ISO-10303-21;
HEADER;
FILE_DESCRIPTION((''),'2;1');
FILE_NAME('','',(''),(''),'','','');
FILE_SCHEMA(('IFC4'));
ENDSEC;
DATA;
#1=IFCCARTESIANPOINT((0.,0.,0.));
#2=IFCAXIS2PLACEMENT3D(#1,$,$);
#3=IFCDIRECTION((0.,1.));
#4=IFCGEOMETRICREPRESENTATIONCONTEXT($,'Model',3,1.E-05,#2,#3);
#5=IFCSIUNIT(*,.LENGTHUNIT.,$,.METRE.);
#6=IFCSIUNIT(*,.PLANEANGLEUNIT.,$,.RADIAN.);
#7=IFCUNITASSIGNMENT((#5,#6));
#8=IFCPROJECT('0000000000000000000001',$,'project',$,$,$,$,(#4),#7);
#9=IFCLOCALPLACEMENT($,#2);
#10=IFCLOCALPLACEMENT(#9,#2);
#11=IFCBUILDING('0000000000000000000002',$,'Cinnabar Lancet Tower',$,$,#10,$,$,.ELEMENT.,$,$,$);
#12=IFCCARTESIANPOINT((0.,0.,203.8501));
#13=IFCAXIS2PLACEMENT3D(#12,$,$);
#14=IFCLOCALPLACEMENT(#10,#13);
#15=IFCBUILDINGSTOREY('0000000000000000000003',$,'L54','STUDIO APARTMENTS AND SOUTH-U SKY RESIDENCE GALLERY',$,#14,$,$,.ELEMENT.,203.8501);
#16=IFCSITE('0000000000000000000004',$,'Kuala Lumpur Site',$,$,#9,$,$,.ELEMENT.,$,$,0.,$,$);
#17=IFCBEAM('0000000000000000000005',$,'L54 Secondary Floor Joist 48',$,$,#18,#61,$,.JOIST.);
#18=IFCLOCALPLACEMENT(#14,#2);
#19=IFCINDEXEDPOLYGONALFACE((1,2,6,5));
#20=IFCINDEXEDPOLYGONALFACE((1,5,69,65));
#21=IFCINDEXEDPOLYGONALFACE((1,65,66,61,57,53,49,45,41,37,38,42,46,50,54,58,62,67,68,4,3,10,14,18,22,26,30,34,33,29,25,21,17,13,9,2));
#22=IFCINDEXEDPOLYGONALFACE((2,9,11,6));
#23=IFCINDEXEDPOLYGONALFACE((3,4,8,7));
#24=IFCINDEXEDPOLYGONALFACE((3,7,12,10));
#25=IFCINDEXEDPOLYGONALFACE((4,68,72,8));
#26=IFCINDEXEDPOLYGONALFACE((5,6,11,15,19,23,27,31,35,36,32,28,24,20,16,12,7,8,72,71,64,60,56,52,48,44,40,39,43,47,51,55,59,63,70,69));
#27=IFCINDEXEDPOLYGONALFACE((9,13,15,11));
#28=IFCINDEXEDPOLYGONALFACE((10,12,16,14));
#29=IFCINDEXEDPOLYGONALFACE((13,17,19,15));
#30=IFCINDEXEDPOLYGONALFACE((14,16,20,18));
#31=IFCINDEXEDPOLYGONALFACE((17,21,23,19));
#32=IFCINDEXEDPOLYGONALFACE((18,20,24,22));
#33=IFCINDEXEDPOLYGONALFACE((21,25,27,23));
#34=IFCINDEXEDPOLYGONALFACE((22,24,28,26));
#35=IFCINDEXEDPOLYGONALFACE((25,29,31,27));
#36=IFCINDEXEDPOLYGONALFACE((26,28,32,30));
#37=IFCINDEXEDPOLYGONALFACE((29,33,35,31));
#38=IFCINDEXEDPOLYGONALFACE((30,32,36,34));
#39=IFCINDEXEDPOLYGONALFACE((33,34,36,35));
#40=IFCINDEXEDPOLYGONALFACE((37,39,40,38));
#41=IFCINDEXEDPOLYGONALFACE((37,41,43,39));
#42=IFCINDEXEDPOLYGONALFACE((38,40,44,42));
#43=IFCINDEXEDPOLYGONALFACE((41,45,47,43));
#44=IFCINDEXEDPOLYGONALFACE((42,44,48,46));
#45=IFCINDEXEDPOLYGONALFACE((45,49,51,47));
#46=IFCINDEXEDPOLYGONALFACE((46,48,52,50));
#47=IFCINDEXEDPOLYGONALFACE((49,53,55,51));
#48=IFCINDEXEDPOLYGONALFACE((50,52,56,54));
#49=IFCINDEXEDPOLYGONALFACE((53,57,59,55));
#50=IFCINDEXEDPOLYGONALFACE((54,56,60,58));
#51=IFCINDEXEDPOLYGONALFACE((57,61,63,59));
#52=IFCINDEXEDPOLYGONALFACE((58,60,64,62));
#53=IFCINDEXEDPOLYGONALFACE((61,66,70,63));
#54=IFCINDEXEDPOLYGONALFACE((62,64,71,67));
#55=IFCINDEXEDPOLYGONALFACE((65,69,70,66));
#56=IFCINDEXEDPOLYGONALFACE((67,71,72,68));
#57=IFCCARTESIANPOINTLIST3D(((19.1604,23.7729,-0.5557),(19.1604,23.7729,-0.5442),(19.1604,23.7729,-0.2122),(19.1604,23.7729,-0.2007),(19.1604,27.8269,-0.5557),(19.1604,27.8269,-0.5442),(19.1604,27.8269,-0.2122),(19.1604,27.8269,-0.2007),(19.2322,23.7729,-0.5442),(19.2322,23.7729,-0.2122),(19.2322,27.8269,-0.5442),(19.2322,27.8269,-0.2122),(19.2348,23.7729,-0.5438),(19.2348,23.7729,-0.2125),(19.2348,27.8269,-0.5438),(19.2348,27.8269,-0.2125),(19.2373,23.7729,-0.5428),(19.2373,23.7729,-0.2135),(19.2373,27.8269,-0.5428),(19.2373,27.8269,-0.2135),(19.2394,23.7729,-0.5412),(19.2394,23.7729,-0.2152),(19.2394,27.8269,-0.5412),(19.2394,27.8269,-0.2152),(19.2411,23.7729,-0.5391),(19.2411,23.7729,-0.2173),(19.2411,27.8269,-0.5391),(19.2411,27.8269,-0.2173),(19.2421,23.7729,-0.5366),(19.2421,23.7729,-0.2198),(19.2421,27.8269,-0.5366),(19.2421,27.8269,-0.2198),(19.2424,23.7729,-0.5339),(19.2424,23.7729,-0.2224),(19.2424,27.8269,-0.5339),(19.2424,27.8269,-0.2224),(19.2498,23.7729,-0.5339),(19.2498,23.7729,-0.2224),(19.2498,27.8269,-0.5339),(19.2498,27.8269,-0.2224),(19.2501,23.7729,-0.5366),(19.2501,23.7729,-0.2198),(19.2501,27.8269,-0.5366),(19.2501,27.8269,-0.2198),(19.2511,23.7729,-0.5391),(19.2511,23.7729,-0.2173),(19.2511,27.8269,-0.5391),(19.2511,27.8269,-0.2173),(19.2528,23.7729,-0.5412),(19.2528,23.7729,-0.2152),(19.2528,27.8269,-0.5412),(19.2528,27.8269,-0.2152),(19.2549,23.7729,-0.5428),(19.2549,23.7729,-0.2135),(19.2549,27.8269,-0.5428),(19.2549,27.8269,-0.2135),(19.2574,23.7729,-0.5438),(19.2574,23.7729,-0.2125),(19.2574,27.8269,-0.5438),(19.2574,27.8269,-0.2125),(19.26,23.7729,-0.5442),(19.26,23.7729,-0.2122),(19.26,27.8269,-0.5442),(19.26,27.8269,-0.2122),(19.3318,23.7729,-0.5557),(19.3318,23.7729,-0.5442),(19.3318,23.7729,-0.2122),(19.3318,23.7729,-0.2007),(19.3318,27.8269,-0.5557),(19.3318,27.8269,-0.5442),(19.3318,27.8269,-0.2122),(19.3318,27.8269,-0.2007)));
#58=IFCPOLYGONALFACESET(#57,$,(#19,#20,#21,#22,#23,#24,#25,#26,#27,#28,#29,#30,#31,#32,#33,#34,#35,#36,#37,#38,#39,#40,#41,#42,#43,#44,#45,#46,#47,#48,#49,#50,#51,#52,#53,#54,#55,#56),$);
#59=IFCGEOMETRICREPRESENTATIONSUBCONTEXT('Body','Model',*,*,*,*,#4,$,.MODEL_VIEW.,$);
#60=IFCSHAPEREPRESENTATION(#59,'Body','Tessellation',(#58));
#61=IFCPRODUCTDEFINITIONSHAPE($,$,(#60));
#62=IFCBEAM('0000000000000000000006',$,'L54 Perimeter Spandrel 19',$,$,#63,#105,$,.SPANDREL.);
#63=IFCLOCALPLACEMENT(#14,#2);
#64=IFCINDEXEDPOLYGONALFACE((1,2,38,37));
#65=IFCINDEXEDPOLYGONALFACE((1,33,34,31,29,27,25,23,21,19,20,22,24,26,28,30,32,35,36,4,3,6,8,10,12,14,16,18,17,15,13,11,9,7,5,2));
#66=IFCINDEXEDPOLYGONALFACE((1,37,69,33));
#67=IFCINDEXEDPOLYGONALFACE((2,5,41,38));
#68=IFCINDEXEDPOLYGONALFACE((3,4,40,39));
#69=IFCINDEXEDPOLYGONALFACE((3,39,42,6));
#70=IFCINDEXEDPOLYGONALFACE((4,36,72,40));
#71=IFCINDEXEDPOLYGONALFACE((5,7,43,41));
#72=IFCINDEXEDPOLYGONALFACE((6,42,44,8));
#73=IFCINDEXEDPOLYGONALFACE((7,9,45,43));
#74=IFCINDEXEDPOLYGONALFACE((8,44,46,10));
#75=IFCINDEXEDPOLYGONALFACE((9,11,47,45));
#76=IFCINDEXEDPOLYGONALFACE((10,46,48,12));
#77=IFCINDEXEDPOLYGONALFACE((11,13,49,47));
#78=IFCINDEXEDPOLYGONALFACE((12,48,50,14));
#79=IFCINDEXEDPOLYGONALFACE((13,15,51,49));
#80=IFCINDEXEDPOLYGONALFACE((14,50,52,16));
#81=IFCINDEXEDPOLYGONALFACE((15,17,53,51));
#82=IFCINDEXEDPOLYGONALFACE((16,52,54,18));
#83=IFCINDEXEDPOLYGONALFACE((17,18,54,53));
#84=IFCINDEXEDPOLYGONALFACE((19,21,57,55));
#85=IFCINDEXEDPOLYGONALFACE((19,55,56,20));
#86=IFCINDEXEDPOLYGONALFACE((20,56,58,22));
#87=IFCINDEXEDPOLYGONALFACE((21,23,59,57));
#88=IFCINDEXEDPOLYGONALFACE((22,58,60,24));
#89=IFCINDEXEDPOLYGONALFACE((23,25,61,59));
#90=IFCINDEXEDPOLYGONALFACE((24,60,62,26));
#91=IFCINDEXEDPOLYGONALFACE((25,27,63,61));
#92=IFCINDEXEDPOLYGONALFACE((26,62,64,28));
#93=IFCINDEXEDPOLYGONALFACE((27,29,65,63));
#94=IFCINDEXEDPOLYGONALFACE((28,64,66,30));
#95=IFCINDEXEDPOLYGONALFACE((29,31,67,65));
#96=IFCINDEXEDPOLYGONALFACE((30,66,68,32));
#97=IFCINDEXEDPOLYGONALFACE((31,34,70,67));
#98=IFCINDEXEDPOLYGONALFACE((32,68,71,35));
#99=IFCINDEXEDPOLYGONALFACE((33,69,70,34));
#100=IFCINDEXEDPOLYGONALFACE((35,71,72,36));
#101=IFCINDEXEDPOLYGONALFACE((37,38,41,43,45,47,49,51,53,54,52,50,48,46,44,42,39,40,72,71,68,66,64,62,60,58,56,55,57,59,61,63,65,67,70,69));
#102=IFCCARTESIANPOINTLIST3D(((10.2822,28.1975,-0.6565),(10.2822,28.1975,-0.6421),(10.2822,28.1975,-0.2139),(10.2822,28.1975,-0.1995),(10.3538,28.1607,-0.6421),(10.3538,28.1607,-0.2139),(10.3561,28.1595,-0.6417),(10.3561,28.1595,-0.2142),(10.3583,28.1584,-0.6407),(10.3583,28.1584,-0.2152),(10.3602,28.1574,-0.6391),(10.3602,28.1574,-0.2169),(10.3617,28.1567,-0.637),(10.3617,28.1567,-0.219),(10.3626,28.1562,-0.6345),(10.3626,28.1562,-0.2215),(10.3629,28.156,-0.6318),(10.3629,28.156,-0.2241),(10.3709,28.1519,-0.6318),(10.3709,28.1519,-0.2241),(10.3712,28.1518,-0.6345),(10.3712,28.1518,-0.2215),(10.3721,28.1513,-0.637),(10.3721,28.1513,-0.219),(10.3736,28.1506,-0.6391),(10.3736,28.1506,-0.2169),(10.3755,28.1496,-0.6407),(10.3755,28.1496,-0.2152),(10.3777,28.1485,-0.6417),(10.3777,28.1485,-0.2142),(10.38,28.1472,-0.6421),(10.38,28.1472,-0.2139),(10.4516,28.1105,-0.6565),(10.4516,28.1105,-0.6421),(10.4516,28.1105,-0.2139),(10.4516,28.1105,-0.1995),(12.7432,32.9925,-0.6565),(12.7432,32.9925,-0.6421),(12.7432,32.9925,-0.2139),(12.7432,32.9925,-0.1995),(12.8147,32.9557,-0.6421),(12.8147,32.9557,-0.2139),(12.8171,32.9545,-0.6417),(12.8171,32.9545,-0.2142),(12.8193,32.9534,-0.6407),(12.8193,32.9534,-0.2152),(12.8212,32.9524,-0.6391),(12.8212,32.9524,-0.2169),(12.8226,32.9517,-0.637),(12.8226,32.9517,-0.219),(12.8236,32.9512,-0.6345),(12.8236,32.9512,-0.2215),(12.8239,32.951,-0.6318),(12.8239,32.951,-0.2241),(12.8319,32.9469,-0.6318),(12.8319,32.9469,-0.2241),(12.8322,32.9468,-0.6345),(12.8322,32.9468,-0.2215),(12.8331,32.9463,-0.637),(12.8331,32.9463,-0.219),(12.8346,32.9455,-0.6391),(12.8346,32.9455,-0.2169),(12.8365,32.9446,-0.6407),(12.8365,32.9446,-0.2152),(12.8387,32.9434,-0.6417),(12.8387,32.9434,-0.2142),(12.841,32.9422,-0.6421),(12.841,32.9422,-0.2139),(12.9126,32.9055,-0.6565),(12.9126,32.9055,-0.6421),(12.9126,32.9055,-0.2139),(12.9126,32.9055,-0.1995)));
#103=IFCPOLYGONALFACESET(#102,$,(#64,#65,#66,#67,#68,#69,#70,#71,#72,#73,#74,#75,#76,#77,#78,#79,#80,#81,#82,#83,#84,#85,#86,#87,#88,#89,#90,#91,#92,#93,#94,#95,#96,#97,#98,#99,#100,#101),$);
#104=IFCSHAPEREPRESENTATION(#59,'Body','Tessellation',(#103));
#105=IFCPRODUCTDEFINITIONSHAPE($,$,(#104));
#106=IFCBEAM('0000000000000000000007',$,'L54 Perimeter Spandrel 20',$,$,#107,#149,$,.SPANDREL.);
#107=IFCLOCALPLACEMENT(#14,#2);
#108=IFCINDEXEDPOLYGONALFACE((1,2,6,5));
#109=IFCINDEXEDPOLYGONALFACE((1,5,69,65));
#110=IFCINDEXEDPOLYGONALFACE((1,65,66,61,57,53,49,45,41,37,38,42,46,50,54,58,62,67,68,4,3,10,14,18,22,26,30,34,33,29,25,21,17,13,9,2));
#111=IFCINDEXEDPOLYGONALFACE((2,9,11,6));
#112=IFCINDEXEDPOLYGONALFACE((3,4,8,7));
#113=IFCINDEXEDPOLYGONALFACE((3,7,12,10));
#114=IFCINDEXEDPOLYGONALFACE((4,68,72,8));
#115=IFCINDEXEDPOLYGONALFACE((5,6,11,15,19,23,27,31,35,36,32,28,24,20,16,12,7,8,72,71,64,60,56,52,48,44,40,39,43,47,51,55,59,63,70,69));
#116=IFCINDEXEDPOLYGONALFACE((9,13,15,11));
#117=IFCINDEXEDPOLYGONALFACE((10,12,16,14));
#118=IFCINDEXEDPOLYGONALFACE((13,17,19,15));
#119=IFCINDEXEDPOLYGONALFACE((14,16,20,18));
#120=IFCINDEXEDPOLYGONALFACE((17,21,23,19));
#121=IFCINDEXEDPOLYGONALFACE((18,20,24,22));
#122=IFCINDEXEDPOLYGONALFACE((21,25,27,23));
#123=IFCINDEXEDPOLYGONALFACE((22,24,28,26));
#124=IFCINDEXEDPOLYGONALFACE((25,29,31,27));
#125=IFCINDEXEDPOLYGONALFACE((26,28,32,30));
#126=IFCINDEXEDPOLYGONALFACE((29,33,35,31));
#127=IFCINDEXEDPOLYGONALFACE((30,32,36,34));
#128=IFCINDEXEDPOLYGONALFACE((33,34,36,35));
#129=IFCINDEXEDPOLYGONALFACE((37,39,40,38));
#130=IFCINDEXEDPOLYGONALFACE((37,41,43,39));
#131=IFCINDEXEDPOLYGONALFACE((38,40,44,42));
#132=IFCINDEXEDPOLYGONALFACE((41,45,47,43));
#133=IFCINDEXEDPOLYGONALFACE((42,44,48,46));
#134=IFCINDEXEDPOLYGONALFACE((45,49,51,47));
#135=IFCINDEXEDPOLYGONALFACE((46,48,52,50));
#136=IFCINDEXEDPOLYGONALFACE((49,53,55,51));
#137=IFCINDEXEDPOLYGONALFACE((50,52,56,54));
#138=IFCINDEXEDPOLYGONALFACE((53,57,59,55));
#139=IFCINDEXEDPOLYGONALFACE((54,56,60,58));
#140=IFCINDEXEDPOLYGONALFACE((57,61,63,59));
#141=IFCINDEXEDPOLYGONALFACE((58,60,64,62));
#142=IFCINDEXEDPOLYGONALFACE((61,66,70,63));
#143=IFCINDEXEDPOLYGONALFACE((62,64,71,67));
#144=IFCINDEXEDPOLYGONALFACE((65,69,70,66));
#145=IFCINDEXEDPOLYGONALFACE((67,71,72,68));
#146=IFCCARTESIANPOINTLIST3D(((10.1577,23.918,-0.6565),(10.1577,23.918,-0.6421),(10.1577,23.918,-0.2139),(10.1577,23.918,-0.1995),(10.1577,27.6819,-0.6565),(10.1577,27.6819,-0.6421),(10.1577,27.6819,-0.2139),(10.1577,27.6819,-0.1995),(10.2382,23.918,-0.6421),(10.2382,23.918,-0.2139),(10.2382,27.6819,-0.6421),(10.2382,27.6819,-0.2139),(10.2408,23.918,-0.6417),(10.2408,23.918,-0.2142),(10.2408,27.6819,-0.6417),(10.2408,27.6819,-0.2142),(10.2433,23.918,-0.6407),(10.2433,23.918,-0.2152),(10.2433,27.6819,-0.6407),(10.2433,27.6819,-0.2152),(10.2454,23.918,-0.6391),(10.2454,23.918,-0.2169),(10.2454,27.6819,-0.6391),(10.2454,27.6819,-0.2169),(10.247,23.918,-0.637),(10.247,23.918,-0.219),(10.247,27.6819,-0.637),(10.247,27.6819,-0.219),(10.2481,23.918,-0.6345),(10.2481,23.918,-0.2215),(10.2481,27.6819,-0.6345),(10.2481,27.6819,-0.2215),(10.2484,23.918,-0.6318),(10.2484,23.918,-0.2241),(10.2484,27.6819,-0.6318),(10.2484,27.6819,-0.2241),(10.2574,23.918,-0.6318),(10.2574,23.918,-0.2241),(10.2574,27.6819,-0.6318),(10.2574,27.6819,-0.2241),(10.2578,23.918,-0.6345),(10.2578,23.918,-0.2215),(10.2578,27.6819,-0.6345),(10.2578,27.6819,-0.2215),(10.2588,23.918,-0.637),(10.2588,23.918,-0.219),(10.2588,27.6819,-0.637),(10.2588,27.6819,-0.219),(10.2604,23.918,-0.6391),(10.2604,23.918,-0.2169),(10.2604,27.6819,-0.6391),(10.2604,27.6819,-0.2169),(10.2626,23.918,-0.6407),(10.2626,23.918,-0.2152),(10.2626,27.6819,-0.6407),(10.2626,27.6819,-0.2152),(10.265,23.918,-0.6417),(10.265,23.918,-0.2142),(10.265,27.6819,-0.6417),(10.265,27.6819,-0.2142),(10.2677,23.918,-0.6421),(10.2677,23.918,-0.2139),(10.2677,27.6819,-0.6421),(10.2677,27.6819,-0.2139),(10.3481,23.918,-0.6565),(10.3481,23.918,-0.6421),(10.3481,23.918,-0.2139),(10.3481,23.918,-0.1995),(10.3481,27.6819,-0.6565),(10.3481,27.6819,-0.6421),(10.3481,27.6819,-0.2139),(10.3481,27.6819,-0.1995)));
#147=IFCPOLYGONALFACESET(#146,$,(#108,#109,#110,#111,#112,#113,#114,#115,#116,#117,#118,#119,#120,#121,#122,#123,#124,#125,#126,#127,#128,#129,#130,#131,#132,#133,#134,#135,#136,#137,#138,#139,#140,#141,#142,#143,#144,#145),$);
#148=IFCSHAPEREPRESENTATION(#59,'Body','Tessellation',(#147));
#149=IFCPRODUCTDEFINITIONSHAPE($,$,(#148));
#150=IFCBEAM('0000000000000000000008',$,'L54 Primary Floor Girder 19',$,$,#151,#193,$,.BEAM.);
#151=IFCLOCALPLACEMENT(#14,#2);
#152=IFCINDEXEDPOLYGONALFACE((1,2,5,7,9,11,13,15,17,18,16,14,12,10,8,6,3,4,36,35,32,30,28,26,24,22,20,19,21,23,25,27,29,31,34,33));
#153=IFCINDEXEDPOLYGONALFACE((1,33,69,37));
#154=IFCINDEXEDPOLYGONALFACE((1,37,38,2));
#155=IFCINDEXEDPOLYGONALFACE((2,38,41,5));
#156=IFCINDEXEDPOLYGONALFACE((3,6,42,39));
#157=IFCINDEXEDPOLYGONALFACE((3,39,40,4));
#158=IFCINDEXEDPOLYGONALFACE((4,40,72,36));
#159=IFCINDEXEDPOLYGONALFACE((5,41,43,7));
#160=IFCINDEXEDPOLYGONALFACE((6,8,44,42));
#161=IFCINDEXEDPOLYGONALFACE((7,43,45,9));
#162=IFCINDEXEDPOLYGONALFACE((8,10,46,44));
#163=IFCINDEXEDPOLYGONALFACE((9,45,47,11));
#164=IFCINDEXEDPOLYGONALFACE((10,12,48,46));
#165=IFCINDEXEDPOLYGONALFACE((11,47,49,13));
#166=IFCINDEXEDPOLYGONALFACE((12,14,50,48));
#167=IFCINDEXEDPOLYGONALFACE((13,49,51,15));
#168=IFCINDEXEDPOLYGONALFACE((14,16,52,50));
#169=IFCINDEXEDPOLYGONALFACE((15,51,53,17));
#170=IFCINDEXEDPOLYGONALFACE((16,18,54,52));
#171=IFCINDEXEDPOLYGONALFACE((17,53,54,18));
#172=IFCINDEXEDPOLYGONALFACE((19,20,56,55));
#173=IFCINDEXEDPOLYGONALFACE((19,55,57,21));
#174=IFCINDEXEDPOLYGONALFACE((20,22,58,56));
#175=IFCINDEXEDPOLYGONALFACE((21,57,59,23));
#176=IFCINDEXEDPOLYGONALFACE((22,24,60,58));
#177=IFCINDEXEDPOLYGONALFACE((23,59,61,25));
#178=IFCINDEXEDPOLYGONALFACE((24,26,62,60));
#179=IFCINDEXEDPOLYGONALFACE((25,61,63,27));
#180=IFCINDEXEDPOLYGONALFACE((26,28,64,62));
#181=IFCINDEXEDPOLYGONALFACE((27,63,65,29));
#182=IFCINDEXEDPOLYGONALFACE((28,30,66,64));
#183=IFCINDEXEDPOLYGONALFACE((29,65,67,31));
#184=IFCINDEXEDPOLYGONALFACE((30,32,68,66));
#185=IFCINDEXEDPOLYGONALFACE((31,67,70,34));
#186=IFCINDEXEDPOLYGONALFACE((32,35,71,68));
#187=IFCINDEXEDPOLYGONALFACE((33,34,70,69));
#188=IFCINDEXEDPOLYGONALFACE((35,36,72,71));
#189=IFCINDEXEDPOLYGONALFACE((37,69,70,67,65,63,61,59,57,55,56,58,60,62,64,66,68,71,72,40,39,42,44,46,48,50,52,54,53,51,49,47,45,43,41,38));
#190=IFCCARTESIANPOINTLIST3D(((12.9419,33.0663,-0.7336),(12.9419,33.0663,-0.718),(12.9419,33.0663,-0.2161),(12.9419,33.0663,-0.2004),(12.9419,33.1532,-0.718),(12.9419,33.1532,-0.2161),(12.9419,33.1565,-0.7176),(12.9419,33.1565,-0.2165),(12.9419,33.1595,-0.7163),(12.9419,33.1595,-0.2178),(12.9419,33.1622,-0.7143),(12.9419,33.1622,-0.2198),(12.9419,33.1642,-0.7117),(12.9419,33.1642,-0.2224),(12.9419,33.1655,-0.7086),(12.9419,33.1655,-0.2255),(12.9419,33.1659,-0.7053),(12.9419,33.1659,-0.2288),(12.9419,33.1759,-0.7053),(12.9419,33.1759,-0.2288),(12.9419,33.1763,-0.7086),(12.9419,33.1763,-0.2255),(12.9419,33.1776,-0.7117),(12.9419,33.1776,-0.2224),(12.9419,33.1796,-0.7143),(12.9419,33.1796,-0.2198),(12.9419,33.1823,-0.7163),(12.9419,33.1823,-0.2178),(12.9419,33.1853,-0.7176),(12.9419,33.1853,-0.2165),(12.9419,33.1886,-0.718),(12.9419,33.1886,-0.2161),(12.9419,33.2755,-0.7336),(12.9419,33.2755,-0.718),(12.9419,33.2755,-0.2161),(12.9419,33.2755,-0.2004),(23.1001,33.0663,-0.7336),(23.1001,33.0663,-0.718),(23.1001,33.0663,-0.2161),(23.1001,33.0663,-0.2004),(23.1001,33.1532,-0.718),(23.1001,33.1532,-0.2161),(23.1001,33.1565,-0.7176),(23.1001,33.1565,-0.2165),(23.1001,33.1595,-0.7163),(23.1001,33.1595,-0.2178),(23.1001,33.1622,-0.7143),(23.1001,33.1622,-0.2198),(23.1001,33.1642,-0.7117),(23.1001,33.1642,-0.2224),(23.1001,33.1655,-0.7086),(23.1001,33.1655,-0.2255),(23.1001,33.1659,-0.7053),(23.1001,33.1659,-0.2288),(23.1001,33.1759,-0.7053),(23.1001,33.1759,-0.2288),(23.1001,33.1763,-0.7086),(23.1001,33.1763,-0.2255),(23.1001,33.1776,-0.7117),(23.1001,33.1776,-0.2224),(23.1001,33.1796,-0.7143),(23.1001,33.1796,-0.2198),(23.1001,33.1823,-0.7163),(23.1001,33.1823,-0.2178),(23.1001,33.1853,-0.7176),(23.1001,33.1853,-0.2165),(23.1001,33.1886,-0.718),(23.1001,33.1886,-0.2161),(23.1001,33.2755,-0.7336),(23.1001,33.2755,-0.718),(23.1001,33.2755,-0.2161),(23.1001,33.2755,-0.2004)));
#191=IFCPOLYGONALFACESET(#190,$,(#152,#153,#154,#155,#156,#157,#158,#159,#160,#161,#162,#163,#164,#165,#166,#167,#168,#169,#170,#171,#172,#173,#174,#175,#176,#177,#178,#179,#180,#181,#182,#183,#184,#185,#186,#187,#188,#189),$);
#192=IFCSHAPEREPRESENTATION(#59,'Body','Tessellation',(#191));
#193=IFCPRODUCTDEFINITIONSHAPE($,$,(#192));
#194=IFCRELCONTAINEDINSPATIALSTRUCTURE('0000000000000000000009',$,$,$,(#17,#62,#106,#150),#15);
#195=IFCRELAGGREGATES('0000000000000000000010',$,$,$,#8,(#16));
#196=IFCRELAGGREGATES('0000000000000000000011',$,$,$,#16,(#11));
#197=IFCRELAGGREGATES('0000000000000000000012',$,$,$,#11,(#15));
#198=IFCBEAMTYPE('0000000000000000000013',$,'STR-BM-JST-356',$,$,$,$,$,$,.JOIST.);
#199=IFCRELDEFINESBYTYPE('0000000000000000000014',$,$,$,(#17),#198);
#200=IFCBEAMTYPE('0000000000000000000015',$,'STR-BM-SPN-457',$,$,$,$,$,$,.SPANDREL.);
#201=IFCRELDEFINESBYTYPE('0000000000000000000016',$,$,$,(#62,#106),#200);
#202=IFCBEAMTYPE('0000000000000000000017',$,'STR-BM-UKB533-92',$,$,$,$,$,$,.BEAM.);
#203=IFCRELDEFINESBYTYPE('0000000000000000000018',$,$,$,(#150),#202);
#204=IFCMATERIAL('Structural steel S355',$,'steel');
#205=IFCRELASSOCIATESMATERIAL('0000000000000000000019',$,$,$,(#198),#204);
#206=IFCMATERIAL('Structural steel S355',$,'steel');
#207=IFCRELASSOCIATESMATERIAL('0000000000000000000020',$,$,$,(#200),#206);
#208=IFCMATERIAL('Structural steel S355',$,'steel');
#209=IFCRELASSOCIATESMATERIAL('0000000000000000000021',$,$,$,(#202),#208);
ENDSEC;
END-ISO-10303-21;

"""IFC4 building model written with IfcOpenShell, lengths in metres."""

from ifc_helpers import new_model, si_unit, direction, frame, origin, origin_2d, place, context, subcontext, project, spatial, i_section, extrude, material, material_profile, profile_set, type_object, element, save


model = new_model("IFC4")

# Units and contexts
model_context = context("Model", 3, precision=1e-05, world=origin(), true_north=direction((0.0, 1.0)))
body_context = subcontext(model_context, "Body", "Model", "MODEL_VIEW")
ifc_project = project(units=[si_unit("LENGTHUNIT", "METRE"), si_unit("PLANEANGLEUNIT", "RADIAN")], contexts=[model_context])

# Site, building, storey
site_placement = place(None, origin())
site = spatial("IfcSite", under=ifc_project, at=site_placement, Name="Kuala Lumpur Site", CompositionType="ELEMENT", RefElevation=0.0)
building_placement = place(site_placement, origin())
building = spatial("IfcBuilding", under=site, at=building_placement, Name="Cinnabar Lancet Tower", CompositionType="ELEMENT")
storey_placement = place(building_placement, frame((0.0, 0.0, 203.8501)))
storey = spatial("IfcBuildingStorey", under=building, at=storey_placement, Name="L54", Description="STUDIO APARTMENTS AND SOUTH-U SKY RESIDENCE GALLERY", CompositionType="ELEMENT", Elevation=203.8501)

# Beams
ifc_material_1 = material(Name="Structural steel S355", Category="steel")
ifc_material_profile_1 = material_profile(ifc_material_1, i_section(OverallWidth=0.1714, OverallDepth=0.355, WebThickness=0.0073, FlangeThickness=0.0115, FilletRadius=0.0103, at=origin_2d()), Name="UKB 356x171x51")
ifc_profile_set_1 = profile_set([ifc_material_profile_1], Name="Structural steel S355")
beam_type_1 = type_object("IfcBeamType", Name="STR-BM-JST-356", PredefinedType="JOIST", material=ifc_profile_set_1)
for number, where, z_axis, x_axis, name in (
    (1, (19.2461, 27.8269, -0.3782), (0.0, -1.0, 0.0), (1.0, 0.0, 0.0), "L54 Secondary Floor Joist 48"),
):
    element("IfcBeam", number, at=place(storey_placement, frame(where, z_axis=z_axis, x_axis=x_axis)), inside=storey, type_object=beam_type_1, Name=name, PredefinedType="JOIST", context=body_context, shape_type="SweptSolid", body=[
        extrude(i_section(OverallWidth=0.1714, OverallDepth=0.355, WebThickness=0.0073, FlangeThickness=0.0115, FilletRadius=0.0103, at=origin_2d()), origin(), (0.0, 0.0, 1.0), 4.054),
    ])
ifc_material_2 = material(Name="Structural steel S355", Category="steel")
ifc_material_profile_2 = material_profile(ifc_material_2, i_section(OverallWidth=0.1904, OverallDepth=0.457, WebThickness=0.009, FlangeThickness=0.0144, FilletRadius=0.0103, at=origin_2d()), Name="UKB 457x191x74")
ifc_profile_set_2 = profile_set([ifc_material_profile_2], Name="Structural steel S355")
beam_type_2 = type_object("IfcBeamType", Name="STR-BM-SPN-457", PredefinedType="SPANDREL", material=ifc_profile_set_2)
beam_1_placement = place(storey_placement, frame((12.8279, 32.949, -0.428), z_axis=(-0.456611, -0.889666, 0.0), x_axis=(0.889666, -0.456611, 0.0)))
element("IfcBeam", 2, at=beam_1_placement, inside=storey, type_object=beam_type_2, Name="L54 Perimeter Spandrel 19", PredefinedType="SPANDREL", context=body_context, shape_type="SweptSolid", body=[
    extrude(i_section(OverallWidth=0.1904, OverallDepth=0.457, WebThickness=0.009, FlangeThickness=0.0144, FilletRadius=0.0103, at=origin_2d()), origin(), (0.0, 0.0, 1.0), 5.3896),
])
beam_2_placement = place(storey_placement, frame((10.2529, 27.6819, -0.428), z_axis=(0.0, -1.0, 0.0), x_axis=(1.0, 0.0, 0.0)))
element("IfcBeam", 3, at=beam_2_placement, inside=storey, type_object=beam_type_2, Name="L54 Perimeter Spandrel 20", PredefinedType="SPANDREL", context=body_context, shape_type="SweptSolid", body=[
    extrude(i_section(OverallWidth=0.1904, OverallDepth=0.457, WebThickness=0.009, FlangeThickness=0.0144, FilletRadius=0.0103, at=origin_2d()), origin(), (0.0, 0.0, 1.0), 3.7639),
])
ifc_material_3 = material(Name="Structural steel S355", Category="steel")
ifc_material_profile_3 = material_profile(ifc_material_3, i_section(OverallWidth=0.2092, OverallDepth=0.5332, WebThickness=0.01, FlangeThickness=0.0156, FilletRadius=0.0127, at=origin_2d()), Name="UKB 533x210x92")
ifc_profile_set_3 = profile_set([ifc_material_profile_3], Name="Structural steel S355")
beam_type_3 = type_object("IfcBeamType", Name="STR-BM-UKB533-92", PredefinedType="BEAM", material=ifc_profile_set_3)
beam_3_placement = place(storey_placement, frame((12.9419, 33.1709, -0.467), z_axis=(1.0, 0.0, 0.0), x_axis=(0.0, 1.0, 0.0)))
element("IfcBeam", 4, at=beam_3_placement, inside=storey, type_object=beam_type_3, Name="L54 Primary Floor Girder 19", PredefinedType="BEAM", context=body_context, shape_type="SweptSolid", body=[
    extrude(i_section(OverallWidth=0.2092, OverallDepth=0.5332, WebThickness=0.01, FlangeThickness=0.0156, FilletRadius=0.0127, at=origin_2d()), origin(), (0.0, 0.0, 1.0), 10.1582),
])

save(model, "model.ifc")
